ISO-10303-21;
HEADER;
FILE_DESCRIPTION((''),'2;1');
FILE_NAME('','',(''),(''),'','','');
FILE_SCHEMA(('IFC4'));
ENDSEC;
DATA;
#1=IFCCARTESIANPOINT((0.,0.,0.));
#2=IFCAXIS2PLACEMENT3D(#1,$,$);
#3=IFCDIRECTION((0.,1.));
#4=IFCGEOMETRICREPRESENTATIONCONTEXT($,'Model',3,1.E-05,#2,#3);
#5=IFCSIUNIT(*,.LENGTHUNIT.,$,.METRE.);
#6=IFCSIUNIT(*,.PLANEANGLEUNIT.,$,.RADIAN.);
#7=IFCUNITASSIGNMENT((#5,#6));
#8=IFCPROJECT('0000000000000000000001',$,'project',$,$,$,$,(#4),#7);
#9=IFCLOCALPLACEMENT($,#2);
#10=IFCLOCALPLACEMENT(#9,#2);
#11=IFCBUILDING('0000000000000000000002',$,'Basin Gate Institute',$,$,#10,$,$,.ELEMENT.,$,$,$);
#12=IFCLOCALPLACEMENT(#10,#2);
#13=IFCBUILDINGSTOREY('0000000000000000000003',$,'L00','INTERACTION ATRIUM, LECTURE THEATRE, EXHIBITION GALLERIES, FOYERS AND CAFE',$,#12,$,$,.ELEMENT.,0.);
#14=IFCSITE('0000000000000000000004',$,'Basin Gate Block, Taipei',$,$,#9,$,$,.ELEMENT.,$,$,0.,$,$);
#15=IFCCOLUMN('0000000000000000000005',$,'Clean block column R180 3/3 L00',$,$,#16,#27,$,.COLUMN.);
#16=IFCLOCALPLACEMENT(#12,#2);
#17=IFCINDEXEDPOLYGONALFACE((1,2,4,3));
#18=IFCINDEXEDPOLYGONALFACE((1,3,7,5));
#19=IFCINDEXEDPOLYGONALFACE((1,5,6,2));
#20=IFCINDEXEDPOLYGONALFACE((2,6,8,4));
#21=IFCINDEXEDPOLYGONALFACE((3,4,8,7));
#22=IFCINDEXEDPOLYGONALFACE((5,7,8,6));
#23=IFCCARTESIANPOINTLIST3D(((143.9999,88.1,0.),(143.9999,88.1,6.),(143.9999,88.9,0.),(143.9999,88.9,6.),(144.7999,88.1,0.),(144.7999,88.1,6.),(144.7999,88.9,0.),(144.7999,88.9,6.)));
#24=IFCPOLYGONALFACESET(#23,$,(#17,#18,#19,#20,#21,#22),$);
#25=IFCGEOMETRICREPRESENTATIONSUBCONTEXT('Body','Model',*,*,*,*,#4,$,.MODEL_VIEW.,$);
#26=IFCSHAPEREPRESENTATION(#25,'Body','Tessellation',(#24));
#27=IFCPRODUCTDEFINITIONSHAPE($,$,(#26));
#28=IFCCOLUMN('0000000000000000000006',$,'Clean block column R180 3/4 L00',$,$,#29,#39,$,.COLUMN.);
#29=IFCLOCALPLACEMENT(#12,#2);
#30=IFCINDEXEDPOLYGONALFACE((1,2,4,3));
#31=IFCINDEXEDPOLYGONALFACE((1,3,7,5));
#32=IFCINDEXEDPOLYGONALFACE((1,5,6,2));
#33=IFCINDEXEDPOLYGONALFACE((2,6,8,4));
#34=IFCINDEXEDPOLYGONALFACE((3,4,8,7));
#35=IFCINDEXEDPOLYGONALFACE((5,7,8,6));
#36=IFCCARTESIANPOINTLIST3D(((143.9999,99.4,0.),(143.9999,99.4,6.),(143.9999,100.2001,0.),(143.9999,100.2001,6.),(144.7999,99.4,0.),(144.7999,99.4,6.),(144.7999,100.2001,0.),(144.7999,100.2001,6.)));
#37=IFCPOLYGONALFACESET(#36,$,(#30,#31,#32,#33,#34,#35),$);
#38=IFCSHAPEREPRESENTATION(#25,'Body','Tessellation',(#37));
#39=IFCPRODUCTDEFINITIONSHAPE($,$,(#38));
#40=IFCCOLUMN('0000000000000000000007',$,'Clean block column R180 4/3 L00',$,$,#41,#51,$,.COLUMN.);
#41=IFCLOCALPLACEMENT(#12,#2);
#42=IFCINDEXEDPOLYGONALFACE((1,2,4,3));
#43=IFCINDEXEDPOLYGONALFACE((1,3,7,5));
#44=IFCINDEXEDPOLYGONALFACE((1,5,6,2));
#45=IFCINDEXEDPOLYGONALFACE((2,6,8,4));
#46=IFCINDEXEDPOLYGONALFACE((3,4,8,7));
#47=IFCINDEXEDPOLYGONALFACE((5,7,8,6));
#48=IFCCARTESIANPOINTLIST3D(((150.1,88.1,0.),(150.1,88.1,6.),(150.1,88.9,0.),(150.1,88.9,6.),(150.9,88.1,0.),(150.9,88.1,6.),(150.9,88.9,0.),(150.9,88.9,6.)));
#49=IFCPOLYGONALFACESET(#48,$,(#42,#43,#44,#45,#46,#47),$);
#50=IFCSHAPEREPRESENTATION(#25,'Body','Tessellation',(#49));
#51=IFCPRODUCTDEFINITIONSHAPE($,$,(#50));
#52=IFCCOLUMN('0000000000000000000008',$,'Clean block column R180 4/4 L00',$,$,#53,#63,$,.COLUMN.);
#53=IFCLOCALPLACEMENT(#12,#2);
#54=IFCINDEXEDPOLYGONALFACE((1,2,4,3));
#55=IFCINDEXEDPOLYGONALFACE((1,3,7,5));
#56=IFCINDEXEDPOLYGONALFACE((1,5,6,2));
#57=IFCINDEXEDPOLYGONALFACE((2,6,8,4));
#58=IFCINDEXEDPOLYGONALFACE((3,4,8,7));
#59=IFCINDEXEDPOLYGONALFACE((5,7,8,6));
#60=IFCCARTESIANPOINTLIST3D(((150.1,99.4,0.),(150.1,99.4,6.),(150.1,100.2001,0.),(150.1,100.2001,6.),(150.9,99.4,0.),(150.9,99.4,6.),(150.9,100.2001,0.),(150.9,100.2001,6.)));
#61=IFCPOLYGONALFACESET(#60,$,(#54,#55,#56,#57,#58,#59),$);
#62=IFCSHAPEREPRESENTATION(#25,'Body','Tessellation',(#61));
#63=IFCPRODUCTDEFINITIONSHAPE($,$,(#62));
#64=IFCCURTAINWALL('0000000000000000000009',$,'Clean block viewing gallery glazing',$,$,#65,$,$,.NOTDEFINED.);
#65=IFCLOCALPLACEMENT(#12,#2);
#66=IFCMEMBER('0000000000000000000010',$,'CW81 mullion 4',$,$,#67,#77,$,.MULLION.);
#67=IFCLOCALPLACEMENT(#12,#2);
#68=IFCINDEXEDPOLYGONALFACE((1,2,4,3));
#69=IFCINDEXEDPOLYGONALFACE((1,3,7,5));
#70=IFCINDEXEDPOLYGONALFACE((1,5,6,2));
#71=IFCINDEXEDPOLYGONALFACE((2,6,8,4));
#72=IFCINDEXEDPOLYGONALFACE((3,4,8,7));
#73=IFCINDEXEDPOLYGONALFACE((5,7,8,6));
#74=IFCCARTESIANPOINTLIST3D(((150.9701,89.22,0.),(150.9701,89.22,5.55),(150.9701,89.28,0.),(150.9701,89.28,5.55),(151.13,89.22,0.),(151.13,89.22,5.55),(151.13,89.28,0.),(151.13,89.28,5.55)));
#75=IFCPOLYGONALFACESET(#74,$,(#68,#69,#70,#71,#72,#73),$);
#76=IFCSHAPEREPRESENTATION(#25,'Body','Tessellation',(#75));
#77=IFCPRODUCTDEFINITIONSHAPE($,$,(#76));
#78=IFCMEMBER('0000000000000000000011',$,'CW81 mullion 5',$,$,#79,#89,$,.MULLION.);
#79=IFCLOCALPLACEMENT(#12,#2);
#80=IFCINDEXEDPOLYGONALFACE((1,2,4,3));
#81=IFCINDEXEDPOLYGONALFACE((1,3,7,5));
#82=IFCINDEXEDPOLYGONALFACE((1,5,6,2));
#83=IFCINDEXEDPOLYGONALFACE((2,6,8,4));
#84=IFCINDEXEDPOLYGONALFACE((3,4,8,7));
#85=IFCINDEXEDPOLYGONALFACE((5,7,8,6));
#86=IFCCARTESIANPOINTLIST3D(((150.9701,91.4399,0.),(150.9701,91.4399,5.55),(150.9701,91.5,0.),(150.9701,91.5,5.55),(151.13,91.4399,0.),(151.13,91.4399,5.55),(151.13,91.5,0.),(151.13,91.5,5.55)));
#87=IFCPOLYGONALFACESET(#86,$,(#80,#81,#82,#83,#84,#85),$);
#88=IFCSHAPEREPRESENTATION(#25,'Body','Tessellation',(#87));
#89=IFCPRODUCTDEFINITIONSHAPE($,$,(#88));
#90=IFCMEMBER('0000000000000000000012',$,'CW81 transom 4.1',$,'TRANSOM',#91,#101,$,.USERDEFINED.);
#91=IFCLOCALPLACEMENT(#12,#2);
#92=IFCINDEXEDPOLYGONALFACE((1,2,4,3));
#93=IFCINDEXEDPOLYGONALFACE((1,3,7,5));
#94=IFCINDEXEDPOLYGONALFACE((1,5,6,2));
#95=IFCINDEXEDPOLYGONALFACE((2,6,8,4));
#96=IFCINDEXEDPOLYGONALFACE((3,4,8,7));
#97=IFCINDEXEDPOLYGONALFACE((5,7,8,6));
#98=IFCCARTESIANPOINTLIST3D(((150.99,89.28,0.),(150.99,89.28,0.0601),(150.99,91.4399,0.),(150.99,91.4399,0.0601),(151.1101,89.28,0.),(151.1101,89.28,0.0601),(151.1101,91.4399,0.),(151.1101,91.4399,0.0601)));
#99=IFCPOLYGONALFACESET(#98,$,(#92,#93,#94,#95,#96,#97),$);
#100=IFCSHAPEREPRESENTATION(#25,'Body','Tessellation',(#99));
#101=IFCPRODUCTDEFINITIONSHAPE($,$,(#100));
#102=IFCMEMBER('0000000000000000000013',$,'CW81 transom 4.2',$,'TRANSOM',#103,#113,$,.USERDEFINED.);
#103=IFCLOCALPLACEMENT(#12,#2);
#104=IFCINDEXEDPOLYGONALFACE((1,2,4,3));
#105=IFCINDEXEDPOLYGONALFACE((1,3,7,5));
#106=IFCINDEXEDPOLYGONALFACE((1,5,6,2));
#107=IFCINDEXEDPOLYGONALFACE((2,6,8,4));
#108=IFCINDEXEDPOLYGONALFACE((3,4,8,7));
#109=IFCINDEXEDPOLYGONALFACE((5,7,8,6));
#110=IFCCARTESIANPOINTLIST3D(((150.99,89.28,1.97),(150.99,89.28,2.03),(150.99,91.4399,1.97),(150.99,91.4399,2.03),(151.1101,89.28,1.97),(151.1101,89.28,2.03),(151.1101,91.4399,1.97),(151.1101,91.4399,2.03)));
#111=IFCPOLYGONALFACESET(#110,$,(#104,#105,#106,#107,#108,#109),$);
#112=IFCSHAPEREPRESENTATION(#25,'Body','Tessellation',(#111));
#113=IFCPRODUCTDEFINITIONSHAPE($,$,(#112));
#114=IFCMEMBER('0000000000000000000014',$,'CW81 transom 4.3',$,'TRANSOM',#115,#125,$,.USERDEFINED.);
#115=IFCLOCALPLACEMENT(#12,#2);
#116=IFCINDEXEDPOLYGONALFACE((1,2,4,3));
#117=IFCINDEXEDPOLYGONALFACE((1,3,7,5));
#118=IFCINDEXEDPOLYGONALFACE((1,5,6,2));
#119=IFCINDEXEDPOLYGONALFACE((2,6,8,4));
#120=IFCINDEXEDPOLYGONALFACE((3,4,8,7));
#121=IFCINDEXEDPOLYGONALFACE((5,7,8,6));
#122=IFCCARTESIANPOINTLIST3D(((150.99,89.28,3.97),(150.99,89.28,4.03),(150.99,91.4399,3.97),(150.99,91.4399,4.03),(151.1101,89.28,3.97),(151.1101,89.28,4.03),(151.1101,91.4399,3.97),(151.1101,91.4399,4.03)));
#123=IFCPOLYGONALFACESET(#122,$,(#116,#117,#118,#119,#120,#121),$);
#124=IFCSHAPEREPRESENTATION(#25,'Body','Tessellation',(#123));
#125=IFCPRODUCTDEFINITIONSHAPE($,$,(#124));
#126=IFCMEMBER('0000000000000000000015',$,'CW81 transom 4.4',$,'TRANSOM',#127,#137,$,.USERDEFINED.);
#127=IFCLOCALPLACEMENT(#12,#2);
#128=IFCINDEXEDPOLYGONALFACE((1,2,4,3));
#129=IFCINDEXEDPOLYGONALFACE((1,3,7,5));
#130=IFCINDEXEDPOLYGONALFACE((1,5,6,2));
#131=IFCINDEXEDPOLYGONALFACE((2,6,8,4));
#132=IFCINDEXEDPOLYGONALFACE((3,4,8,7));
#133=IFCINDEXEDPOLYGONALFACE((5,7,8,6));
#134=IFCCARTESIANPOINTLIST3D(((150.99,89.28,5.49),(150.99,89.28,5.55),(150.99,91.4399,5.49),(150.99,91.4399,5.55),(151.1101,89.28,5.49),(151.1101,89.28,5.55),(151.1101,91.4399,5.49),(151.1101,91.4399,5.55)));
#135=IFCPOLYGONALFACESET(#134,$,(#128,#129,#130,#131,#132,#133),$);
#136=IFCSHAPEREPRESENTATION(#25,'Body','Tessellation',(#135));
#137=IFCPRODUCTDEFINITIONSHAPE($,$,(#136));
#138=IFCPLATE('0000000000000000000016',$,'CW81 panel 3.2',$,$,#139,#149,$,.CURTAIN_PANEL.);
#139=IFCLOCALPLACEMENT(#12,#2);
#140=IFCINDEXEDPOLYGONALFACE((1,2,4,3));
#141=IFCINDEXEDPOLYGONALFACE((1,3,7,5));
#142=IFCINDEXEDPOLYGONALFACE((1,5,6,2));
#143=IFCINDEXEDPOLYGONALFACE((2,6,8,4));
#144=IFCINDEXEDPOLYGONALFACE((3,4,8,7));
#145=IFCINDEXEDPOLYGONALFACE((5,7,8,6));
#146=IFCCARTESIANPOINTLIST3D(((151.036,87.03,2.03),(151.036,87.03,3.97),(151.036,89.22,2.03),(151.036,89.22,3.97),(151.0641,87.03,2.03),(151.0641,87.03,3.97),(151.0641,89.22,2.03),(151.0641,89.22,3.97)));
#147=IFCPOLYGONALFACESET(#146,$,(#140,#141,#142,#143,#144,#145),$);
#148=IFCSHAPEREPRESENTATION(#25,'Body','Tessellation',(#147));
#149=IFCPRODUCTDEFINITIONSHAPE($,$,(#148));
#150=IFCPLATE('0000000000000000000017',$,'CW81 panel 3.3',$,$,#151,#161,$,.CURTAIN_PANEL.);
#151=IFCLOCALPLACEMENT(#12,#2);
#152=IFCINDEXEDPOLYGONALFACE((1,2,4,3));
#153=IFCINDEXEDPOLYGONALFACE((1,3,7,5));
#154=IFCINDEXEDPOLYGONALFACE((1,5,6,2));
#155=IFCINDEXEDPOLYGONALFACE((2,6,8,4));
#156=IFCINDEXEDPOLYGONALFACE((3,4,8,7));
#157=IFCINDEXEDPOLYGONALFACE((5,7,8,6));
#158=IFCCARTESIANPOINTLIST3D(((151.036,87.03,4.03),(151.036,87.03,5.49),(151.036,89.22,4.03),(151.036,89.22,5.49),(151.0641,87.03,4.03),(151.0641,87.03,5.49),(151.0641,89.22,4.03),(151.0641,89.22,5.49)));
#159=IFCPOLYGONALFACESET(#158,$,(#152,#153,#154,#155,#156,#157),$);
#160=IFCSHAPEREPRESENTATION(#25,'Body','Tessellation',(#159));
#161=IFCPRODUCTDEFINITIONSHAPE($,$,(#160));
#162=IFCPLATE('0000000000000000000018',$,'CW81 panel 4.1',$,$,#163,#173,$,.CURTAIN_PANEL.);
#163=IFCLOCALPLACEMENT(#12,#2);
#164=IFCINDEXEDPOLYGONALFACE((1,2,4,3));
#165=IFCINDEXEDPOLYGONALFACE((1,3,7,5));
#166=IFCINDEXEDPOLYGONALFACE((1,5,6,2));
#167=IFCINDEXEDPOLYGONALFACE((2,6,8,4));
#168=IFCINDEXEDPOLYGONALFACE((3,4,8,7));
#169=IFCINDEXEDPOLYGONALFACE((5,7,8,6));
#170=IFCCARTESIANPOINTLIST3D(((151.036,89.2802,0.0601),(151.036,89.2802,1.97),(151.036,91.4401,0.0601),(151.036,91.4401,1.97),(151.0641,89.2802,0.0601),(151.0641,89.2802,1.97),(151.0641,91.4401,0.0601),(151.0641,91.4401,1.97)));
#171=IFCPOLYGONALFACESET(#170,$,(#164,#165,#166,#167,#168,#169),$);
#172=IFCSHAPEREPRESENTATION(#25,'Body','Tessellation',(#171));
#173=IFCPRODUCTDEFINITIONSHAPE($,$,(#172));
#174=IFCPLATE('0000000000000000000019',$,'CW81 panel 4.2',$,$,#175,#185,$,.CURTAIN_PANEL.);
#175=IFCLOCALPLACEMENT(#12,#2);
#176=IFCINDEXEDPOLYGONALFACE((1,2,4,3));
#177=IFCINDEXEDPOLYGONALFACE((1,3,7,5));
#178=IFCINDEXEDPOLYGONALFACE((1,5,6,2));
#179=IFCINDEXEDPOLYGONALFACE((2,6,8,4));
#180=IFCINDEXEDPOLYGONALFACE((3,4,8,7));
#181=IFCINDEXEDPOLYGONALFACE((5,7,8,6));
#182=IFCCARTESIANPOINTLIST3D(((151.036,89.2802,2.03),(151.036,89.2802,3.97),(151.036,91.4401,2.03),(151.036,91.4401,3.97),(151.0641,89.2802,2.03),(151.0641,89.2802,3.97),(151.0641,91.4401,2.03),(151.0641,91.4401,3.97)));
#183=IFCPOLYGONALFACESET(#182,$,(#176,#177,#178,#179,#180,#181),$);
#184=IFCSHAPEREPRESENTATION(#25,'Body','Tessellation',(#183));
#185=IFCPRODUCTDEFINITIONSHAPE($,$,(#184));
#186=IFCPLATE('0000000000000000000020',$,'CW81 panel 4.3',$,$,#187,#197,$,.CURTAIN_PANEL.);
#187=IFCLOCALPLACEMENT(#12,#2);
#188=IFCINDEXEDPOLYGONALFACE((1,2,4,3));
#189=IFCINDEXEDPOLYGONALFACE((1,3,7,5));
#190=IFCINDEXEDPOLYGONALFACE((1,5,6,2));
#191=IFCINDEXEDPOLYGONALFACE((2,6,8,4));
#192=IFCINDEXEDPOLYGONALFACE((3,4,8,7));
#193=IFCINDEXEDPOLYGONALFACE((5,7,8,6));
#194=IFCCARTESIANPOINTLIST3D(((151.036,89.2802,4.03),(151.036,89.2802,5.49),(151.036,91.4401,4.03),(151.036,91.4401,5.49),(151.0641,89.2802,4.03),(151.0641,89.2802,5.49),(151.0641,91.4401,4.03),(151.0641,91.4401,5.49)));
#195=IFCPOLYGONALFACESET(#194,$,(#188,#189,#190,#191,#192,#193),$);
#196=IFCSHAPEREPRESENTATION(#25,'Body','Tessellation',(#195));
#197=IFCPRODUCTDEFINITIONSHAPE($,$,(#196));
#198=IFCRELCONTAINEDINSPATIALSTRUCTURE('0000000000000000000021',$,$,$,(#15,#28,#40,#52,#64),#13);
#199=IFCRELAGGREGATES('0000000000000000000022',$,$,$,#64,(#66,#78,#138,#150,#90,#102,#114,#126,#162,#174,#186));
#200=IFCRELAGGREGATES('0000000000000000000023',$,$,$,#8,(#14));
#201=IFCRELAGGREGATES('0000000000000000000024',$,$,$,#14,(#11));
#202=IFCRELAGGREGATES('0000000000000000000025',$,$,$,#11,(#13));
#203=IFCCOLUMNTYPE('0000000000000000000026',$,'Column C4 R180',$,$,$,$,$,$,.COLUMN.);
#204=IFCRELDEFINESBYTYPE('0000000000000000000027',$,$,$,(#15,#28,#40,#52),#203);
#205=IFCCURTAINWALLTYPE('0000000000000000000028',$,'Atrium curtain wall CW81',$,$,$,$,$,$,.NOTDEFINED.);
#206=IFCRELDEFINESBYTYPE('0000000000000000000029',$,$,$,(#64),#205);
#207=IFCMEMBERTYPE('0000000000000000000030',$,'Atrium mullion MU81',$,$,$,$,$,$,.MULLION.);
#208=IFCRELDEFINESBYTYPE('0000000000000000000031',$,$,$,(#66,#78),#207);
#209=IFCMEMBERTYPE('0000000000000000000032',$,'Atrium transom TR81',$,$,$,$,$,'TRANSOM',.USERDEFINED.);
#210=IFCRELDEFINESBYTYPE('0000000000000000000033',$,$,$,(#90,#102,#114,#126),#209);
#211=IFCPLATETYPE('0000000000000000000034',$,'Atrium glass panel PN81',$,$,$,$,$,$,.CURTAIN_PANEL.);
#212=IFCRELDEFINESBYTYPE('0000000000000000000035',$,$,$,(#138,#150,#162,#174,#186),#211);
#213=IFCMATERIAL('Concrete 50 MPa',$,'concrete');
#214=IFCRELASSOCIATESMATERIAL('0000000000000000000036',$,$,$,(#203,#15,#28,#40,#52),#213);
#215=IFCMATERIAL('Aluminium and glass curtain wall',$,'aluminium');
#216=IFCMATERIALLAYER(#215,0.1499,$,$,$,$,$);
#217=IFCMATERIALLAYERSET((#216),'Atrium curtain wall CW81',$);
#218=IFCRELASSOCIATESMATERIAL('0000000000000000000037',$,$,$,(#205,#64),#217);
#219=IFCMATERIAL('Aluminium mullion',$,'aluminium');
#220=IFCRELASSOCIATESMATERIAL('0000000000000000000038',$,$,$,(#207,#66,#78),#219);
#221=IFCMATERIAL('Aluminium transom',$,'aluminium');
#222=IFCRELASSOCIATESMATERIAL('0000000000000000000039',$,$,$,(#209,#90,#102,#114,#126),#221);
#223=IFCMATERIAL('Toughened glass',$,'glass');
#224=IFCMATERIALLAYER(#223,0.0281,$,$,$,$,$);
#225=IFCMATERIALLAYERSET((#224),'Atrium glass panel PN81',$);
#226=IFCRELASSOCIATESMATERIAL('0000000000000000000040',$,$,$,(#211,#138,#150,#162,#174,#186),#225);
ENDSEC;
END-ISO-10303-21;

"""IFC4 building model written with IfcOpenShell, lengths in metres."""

from ifc_helpers import new_model, si_unit, direction, frame, origin, origin_2d, place, context, subcontext, project, spatial, rectangle, extrude, material, layer, layer_set, material_profile, profile_set, type_object, element, aggregate, save


model = new_model("IFC4")

# Units and contexts
model_context = context("Model", 3, precision=1e-05, world=origin(), true_north=direction((0.0, 1.0)))
body_context = subcontext(model_context, "Body", "Model", "MODEL_VIEW")
ifc_project = project(units=[si_unit("LENGTHUNIT", "METRE"), si_unit("PLANEANGLEUNIT", "RADIAN")], contexts=[model_context])

# Site, building, storey
site_placement = place(None, origin())
site = spatial("IfcSite", under=ifc_project, at=site_placement, Name="Basin Gate Block, Taipei", CompositionType="ELEMENT", RefElevation=0.0)
building_placement = place(site_placement, origin())
building = spatial("IfcBuilding", under=site, at=building_placement, Name="Basin Gate Institute", CompositionType="ELEMENT")
storey_placement = place(building_placement, origin())
storey = spatial("IfcBuildingStorey", under=building, at=storey_placement, Name="L00", Description="INTERACTION ATRIUM, LECTURE THEATRE, EXHIBITION GALLERIES, FOYERS AND CAFE", CompositionType="ELEMENT", Elevation=0.0)

# Columns
ifc_material_1 = material(Name="Concrete 50 MPa", Category="concrete")
ifc_material_profile_1 = material_profile(ifc_material_1, rectangle(XDim=0.8, YDim=0.8, at=origin_2d()), Name="Column C4 800 x 800")
ifc_profile_set_1 = profile_set([ifc_material_profile_1], Name="Concrete 50 MPa")
column_type = type_object("IfcColumnType", Name="Column C4 R180", PredefinedType="COLUMN", material=ifc_profile_set_1)
for number, where, z_axis, x_axis, name in (
    (1, (144.3999, 88.5, 0.0), (0.0, 0.0, 1.0), (1.0, 0.0, 0.0), "Clean block column R180 3/3 L00"),
    (2, (144.3999, 99.8, 0.0), (0.0, 0.0, 1.0), (1.0, 0.0, 0.0), "Clean block column R180 3/4 L00"),
    (3, (150.5, 88.5, 0.0), (0.0, 0.0, 1.0), (1.0, 0.0, 0.0), "Clean block column R180 4/3 L00"),
    (4, (150.5, 99.8, 0.0), (0.0, 0.0, 1.0), (1.0, 0.0, 0.0), "Clean block column R180 4/4 L00"),
):
    element("IfcColumn", number, at=place(storey_placement, frame(where, z_axis=z_axis, x_axis=x_axis)), inside=storey, type_object=column_type, material=ifc_profile_set_1, Name=name, PredefinedType="COLUMN", context=body_context, shape_type="SweptSolid", body=[
        extrude(rectangle(XDim=0.8, YDim=0.8, at=origin_2d()), origin(), (0.0, 0.0, 1.0), 6.0),
    ])

# Curtain wall, members, plates
ifc_material_2 = material(Name="Aluminium and glass curtain wall", Category="aluminium")
ifc_layer_1 = layer(ifc_material_2, 0.1499)
ifc_layer_set_1 = layer_set([ifc_layer_1], Name="Atrium curtain wall CW81")
curtain_wall_type = type_object("IfcCurtainWallType", Name="Atrium curtain wall CW81", PredefinedType="NOTDEFINED", material=ifc_layer_set_1)
curtain_wall_placement = place(storey_placement, origin())
curtain_wall = element("IfcCurtainWall", 5, at=curtain_wall_placement, inside=storey, type_object=curtain_wall_type, material=ifc_layer_set_1, Name="Clean block viewing gallery glazing", PredefinedType="NOTDEFINED")
ifc_material_3 = material(Name="Aluminium mullion", Category="aluminium")
ifc_material_profile_2 = material_profile(ifc_material_3, rectangle(XDim=0.1599, YDim=0.0601, at=origin_2d()), Name="Atrium mullion MU81 160 x 60")
ifc_profile_set_2 = profile_set([ifc_material_profile_2], Name="Aluminium mullion")
member_type_1 = type_object("IfcMemberType", Name="Atrium mullion MU81", PredefinedType="MULLION", material=ifc_profile_set_2)
member_1_placement = place(storey_placement, frame((151.05, 89.25, 0.0), z_axis=(0.0, 0.0, 1.0), x_axis=(-1.0, 0.0, 0.0)))
member_1 = element("IfcMember", 6, at=member_1_placement, type_object=member_type_1, material=ifc_profile_set_2, Name="CW81 mullion 4", PredefinedType="MULLION", context=body_context, shape_type="SweptSolid", body=[
    extrude(rectangle(XDim=0.1599, YDim=0.0601, at=origin_2d()), origin(), (0.0, 0.0, 1.0), 5.55),
])
member_2_placement = place(storey_placement, frame((151.05, 91.47, 0.0), z_axis=(0.0, 0.0, 1.0), x_axis=(-1.0, 0.0, 0.0)))
member_2 = element("IfcMember", 7, at=member_2_placement, type_object=member_type_1, material=ifc_profile_set_2, Name="CW81 mullion 5", PredefinedType="MULLION", context=body_context, shape_type="SweptSolid", body=[
    extrude(rectangle(XDim=0.1599, YDim=0.0601, at=origin_2d()), origin(), (0.0, 0.0, 1.0), 5.55),
])
ifc_material_4 = material(Name="Aluminium transom", Category="aluminium")
ifc_material_profile_3 = material_profile(ifc_material_4, rectangle(XDim=0.1201, YDim=0.0601, at=origin_2d()), Name="Atrium transom TR81 120 x 60")
ifc_profile_set_3 = profile_set([ifc_material_profile_3], Name="Aluminium transom")
member_type_2 = type_object("IfcMemberType", Name="Atrium transom TR81", ElementType="TRANSOM", PredefinedType="USERDEFINED", material=ifc_profile_set_3)
member_3_placement = place(storey_placement, frame((151.05, 89.28, 0.03), z_axis=(0.0, 1.0, 0.0), x_axis=(-1.0, 0.0, 0.0)))
member_3 = element("IfcMember", 8, at=member_3_placement, type_object=member_type_2, material=ifc_profile_set_3, Name="CW81 transom 4.1", ObjectType="TRANSOM", PredefinedType="USERDEFINED", context=body_context, shape_type="SweptSolid", body=[
    extrude(rectangle(XDim=0.1201, YDim=0.0601, at=origin_2d()), origin(), (0.0, 0.0, 1.0), 2.1599),
])
member_4_placement = place(storey_placement, frame((151.05, 89.28, 2.0), z_axis=(0.0, 1.0, 0.0), x_axis=(-1.0, 0.0, 0.0)))
member_4 = element("IfcMember", 9, at=member_4_placement, type_object=member_type_2, material=ifc_profile_set_3, Name="CW81 transom 4.2", ObjectType="TRANSOM", PredefinedType="USERDEFINED", context=body_context, shape_type="SweptSolid", body=[
    extrude(rectangle(XDim=0.1201, YDim=0.0601, at=origin_2d()), origin(), (0.0, 0.0, 1.0), 2.1599),
])
member_5_placement = place(storey_placement, frame((151.05, 89.28, 4.0), z_axis=(0.0, 1.0, 0.0), x_axis=(-1.0, 0.0, 0.0)))
member_5 = element("IfcMember", 10, at=member_5_placement, type_object=member_type_2, material=ifc_profile_set_3, Name="CW81 transom 4.3", ObjectType="TRANSOM", PredefinedType="USERDEFINED", context=body_context, shape_type="SweptSolid", body=[
    extrude(rectangle(XDim=0.1201, YDim=0.0601, at=origin_2d()), origin(), (0.0, 0.0, 1.0), 2.1599),
])
member_6_placement = place(storey_placement, frame((151.05, 89.28, 5.52), z_axis=(0.0, 1.0, 0.0), x_axis=(-1.0, 0.0, 0.0)))
member_6 = element("IfcMember", 11, at=member_6_placement, type_object=member_type_2, material=ifc_profile_set_3, Name="CW81 transom 4.4", ObjectType="TRANSOM", PredefinedType="USERDEFINED", context=body_context, shape_type="SweptSolid", body=[
    extrude(rectangle(XDim=0.1201, YDim=0.0601, at=origin_2d()), origin(), (0.0, 0.0, 1.0), 2.1599),
])
ifc_material_5 = material(Name="Toughened glass", Category="glass")
ifc_layer_2 = layer(ifc_material_5, 0.0281)
ifc_layer_set_2 = layer_set([ifc_layer_2], Name="Atrium glass panel PN81")
plate_type = type_object("IfcPlateType", Name="Atrium glass panel PN81", PredefinedType="CURTAIN_PANEL", material=ifc_layer_set_2)
plate_1_placement = place(storey_placement, frame((151.05, 88.125, 2.03), z_axis=(0.0, 0.0, 1.0), x_axis=(0.0, 1.0, 0.0)))
plate_1 = element("IfcPlate", 12, at=plate_1_placement, type_object=plate_type, material=ifc_layer_set_2, Name="CW81 panel 3.2", PredefinedType="CURTAIN_PANEL", context=body_context, shape_type="SweptSolid", body=[
    extrude(rectangle(XDim=2.1899, YDim=0.0281, at=origin_2d()), origin(), (0.0, 0.0, 1.0), 1.9399),
])
plate_2_placement = place(storey_placement, frame((151.05, 88.125, 4.03), z_axis=(0.0, 0.0, 1.0), x_axis=(0.0, 1.0, 0.0)))
plate_2 = element("IfcPlate", 13, at=plate_2_placement, type_object=plate_type, material=ifc_layer_set_2, Name="CW81 panel 3.3", PredefinedType="CURTAIN_PANEL", context=body_context, shape_type="SweptSolid", body=[
    extrude(rectangle(XDim=2.1899, YDim=0.0281, at=origin_2d()), origin(), (0.0, 0.0, 1.0), 1.46),
])
plate_3_placement = place(storey_placement, frame((151.05, 90.3601, 0.0601), z_axis=(0.0, 0.0, 1.0), x_axis=(0.0, 1.0, 0.0)))
plate_3 = element("IfcPlate", 14, at=plate_3_placement, type_object=plate_type, material=ifc_layer_set_2, Name="CW81 panel 4.1", PredefinedType="CURTAIN_PANEL", context=body_context, shape_type="SweptSolid", body=[
    extrude(rectangle(XDim=2.1599, YDim=0.0281, at=origin_2d()), origin(), (0.0, 0.0, 1.0), 1.9099),
])
plate_4_placement = place(storey_placement, frame((151.05, 90.3601, 2.03), z_axis=(0.0, 0.0, 1.0), x_axis=(0.0, 1.0, 0.0)))
plate_4 = element("IfcPlate", 15, at=plate_4_placement, type_object=plate_type, material=ifc_layer_set_2, Name="CW81 panel 4.2", PredefinedType="CURTAIN_PANEL", context=body_context, shape_type="SweptSolid", body=[
    extrude(rectangle(XDim=2.1599, YDim=0.0281, at=origin_2d()), origin(), (0.0, 0.0, 1.0), 1.9399),
])
plate_5_placement = place(storey_placement, frame((151.05, 90.3601, 4.03), z_axis=(0.0, 0.0, 1.0), x_axis=(0.0, 1.0, 0.0)))
plate_5 = element("IfcPlate", 16, at=plate_5_placement, type_object=plate_type, material=ifc_layer_set_2, Name="CW81 panel 4.3", PredefinedType="CURTAIN_PANEL", context=body_context, shape_type="SweptSolid", body=[
    extrude(rectangle(XDim=2.1599, YDim=0.0281, at=origin_2d()), origin(), (0.0, 0.0, 1.0), 1.46),
])
aggregate(curtain_wall, [member_1, member_2, plate_1, plate_2, member_3, member_4, member_5, member_6, plate_3, plate_4, plate_5])

save(model, "model.ifc")
